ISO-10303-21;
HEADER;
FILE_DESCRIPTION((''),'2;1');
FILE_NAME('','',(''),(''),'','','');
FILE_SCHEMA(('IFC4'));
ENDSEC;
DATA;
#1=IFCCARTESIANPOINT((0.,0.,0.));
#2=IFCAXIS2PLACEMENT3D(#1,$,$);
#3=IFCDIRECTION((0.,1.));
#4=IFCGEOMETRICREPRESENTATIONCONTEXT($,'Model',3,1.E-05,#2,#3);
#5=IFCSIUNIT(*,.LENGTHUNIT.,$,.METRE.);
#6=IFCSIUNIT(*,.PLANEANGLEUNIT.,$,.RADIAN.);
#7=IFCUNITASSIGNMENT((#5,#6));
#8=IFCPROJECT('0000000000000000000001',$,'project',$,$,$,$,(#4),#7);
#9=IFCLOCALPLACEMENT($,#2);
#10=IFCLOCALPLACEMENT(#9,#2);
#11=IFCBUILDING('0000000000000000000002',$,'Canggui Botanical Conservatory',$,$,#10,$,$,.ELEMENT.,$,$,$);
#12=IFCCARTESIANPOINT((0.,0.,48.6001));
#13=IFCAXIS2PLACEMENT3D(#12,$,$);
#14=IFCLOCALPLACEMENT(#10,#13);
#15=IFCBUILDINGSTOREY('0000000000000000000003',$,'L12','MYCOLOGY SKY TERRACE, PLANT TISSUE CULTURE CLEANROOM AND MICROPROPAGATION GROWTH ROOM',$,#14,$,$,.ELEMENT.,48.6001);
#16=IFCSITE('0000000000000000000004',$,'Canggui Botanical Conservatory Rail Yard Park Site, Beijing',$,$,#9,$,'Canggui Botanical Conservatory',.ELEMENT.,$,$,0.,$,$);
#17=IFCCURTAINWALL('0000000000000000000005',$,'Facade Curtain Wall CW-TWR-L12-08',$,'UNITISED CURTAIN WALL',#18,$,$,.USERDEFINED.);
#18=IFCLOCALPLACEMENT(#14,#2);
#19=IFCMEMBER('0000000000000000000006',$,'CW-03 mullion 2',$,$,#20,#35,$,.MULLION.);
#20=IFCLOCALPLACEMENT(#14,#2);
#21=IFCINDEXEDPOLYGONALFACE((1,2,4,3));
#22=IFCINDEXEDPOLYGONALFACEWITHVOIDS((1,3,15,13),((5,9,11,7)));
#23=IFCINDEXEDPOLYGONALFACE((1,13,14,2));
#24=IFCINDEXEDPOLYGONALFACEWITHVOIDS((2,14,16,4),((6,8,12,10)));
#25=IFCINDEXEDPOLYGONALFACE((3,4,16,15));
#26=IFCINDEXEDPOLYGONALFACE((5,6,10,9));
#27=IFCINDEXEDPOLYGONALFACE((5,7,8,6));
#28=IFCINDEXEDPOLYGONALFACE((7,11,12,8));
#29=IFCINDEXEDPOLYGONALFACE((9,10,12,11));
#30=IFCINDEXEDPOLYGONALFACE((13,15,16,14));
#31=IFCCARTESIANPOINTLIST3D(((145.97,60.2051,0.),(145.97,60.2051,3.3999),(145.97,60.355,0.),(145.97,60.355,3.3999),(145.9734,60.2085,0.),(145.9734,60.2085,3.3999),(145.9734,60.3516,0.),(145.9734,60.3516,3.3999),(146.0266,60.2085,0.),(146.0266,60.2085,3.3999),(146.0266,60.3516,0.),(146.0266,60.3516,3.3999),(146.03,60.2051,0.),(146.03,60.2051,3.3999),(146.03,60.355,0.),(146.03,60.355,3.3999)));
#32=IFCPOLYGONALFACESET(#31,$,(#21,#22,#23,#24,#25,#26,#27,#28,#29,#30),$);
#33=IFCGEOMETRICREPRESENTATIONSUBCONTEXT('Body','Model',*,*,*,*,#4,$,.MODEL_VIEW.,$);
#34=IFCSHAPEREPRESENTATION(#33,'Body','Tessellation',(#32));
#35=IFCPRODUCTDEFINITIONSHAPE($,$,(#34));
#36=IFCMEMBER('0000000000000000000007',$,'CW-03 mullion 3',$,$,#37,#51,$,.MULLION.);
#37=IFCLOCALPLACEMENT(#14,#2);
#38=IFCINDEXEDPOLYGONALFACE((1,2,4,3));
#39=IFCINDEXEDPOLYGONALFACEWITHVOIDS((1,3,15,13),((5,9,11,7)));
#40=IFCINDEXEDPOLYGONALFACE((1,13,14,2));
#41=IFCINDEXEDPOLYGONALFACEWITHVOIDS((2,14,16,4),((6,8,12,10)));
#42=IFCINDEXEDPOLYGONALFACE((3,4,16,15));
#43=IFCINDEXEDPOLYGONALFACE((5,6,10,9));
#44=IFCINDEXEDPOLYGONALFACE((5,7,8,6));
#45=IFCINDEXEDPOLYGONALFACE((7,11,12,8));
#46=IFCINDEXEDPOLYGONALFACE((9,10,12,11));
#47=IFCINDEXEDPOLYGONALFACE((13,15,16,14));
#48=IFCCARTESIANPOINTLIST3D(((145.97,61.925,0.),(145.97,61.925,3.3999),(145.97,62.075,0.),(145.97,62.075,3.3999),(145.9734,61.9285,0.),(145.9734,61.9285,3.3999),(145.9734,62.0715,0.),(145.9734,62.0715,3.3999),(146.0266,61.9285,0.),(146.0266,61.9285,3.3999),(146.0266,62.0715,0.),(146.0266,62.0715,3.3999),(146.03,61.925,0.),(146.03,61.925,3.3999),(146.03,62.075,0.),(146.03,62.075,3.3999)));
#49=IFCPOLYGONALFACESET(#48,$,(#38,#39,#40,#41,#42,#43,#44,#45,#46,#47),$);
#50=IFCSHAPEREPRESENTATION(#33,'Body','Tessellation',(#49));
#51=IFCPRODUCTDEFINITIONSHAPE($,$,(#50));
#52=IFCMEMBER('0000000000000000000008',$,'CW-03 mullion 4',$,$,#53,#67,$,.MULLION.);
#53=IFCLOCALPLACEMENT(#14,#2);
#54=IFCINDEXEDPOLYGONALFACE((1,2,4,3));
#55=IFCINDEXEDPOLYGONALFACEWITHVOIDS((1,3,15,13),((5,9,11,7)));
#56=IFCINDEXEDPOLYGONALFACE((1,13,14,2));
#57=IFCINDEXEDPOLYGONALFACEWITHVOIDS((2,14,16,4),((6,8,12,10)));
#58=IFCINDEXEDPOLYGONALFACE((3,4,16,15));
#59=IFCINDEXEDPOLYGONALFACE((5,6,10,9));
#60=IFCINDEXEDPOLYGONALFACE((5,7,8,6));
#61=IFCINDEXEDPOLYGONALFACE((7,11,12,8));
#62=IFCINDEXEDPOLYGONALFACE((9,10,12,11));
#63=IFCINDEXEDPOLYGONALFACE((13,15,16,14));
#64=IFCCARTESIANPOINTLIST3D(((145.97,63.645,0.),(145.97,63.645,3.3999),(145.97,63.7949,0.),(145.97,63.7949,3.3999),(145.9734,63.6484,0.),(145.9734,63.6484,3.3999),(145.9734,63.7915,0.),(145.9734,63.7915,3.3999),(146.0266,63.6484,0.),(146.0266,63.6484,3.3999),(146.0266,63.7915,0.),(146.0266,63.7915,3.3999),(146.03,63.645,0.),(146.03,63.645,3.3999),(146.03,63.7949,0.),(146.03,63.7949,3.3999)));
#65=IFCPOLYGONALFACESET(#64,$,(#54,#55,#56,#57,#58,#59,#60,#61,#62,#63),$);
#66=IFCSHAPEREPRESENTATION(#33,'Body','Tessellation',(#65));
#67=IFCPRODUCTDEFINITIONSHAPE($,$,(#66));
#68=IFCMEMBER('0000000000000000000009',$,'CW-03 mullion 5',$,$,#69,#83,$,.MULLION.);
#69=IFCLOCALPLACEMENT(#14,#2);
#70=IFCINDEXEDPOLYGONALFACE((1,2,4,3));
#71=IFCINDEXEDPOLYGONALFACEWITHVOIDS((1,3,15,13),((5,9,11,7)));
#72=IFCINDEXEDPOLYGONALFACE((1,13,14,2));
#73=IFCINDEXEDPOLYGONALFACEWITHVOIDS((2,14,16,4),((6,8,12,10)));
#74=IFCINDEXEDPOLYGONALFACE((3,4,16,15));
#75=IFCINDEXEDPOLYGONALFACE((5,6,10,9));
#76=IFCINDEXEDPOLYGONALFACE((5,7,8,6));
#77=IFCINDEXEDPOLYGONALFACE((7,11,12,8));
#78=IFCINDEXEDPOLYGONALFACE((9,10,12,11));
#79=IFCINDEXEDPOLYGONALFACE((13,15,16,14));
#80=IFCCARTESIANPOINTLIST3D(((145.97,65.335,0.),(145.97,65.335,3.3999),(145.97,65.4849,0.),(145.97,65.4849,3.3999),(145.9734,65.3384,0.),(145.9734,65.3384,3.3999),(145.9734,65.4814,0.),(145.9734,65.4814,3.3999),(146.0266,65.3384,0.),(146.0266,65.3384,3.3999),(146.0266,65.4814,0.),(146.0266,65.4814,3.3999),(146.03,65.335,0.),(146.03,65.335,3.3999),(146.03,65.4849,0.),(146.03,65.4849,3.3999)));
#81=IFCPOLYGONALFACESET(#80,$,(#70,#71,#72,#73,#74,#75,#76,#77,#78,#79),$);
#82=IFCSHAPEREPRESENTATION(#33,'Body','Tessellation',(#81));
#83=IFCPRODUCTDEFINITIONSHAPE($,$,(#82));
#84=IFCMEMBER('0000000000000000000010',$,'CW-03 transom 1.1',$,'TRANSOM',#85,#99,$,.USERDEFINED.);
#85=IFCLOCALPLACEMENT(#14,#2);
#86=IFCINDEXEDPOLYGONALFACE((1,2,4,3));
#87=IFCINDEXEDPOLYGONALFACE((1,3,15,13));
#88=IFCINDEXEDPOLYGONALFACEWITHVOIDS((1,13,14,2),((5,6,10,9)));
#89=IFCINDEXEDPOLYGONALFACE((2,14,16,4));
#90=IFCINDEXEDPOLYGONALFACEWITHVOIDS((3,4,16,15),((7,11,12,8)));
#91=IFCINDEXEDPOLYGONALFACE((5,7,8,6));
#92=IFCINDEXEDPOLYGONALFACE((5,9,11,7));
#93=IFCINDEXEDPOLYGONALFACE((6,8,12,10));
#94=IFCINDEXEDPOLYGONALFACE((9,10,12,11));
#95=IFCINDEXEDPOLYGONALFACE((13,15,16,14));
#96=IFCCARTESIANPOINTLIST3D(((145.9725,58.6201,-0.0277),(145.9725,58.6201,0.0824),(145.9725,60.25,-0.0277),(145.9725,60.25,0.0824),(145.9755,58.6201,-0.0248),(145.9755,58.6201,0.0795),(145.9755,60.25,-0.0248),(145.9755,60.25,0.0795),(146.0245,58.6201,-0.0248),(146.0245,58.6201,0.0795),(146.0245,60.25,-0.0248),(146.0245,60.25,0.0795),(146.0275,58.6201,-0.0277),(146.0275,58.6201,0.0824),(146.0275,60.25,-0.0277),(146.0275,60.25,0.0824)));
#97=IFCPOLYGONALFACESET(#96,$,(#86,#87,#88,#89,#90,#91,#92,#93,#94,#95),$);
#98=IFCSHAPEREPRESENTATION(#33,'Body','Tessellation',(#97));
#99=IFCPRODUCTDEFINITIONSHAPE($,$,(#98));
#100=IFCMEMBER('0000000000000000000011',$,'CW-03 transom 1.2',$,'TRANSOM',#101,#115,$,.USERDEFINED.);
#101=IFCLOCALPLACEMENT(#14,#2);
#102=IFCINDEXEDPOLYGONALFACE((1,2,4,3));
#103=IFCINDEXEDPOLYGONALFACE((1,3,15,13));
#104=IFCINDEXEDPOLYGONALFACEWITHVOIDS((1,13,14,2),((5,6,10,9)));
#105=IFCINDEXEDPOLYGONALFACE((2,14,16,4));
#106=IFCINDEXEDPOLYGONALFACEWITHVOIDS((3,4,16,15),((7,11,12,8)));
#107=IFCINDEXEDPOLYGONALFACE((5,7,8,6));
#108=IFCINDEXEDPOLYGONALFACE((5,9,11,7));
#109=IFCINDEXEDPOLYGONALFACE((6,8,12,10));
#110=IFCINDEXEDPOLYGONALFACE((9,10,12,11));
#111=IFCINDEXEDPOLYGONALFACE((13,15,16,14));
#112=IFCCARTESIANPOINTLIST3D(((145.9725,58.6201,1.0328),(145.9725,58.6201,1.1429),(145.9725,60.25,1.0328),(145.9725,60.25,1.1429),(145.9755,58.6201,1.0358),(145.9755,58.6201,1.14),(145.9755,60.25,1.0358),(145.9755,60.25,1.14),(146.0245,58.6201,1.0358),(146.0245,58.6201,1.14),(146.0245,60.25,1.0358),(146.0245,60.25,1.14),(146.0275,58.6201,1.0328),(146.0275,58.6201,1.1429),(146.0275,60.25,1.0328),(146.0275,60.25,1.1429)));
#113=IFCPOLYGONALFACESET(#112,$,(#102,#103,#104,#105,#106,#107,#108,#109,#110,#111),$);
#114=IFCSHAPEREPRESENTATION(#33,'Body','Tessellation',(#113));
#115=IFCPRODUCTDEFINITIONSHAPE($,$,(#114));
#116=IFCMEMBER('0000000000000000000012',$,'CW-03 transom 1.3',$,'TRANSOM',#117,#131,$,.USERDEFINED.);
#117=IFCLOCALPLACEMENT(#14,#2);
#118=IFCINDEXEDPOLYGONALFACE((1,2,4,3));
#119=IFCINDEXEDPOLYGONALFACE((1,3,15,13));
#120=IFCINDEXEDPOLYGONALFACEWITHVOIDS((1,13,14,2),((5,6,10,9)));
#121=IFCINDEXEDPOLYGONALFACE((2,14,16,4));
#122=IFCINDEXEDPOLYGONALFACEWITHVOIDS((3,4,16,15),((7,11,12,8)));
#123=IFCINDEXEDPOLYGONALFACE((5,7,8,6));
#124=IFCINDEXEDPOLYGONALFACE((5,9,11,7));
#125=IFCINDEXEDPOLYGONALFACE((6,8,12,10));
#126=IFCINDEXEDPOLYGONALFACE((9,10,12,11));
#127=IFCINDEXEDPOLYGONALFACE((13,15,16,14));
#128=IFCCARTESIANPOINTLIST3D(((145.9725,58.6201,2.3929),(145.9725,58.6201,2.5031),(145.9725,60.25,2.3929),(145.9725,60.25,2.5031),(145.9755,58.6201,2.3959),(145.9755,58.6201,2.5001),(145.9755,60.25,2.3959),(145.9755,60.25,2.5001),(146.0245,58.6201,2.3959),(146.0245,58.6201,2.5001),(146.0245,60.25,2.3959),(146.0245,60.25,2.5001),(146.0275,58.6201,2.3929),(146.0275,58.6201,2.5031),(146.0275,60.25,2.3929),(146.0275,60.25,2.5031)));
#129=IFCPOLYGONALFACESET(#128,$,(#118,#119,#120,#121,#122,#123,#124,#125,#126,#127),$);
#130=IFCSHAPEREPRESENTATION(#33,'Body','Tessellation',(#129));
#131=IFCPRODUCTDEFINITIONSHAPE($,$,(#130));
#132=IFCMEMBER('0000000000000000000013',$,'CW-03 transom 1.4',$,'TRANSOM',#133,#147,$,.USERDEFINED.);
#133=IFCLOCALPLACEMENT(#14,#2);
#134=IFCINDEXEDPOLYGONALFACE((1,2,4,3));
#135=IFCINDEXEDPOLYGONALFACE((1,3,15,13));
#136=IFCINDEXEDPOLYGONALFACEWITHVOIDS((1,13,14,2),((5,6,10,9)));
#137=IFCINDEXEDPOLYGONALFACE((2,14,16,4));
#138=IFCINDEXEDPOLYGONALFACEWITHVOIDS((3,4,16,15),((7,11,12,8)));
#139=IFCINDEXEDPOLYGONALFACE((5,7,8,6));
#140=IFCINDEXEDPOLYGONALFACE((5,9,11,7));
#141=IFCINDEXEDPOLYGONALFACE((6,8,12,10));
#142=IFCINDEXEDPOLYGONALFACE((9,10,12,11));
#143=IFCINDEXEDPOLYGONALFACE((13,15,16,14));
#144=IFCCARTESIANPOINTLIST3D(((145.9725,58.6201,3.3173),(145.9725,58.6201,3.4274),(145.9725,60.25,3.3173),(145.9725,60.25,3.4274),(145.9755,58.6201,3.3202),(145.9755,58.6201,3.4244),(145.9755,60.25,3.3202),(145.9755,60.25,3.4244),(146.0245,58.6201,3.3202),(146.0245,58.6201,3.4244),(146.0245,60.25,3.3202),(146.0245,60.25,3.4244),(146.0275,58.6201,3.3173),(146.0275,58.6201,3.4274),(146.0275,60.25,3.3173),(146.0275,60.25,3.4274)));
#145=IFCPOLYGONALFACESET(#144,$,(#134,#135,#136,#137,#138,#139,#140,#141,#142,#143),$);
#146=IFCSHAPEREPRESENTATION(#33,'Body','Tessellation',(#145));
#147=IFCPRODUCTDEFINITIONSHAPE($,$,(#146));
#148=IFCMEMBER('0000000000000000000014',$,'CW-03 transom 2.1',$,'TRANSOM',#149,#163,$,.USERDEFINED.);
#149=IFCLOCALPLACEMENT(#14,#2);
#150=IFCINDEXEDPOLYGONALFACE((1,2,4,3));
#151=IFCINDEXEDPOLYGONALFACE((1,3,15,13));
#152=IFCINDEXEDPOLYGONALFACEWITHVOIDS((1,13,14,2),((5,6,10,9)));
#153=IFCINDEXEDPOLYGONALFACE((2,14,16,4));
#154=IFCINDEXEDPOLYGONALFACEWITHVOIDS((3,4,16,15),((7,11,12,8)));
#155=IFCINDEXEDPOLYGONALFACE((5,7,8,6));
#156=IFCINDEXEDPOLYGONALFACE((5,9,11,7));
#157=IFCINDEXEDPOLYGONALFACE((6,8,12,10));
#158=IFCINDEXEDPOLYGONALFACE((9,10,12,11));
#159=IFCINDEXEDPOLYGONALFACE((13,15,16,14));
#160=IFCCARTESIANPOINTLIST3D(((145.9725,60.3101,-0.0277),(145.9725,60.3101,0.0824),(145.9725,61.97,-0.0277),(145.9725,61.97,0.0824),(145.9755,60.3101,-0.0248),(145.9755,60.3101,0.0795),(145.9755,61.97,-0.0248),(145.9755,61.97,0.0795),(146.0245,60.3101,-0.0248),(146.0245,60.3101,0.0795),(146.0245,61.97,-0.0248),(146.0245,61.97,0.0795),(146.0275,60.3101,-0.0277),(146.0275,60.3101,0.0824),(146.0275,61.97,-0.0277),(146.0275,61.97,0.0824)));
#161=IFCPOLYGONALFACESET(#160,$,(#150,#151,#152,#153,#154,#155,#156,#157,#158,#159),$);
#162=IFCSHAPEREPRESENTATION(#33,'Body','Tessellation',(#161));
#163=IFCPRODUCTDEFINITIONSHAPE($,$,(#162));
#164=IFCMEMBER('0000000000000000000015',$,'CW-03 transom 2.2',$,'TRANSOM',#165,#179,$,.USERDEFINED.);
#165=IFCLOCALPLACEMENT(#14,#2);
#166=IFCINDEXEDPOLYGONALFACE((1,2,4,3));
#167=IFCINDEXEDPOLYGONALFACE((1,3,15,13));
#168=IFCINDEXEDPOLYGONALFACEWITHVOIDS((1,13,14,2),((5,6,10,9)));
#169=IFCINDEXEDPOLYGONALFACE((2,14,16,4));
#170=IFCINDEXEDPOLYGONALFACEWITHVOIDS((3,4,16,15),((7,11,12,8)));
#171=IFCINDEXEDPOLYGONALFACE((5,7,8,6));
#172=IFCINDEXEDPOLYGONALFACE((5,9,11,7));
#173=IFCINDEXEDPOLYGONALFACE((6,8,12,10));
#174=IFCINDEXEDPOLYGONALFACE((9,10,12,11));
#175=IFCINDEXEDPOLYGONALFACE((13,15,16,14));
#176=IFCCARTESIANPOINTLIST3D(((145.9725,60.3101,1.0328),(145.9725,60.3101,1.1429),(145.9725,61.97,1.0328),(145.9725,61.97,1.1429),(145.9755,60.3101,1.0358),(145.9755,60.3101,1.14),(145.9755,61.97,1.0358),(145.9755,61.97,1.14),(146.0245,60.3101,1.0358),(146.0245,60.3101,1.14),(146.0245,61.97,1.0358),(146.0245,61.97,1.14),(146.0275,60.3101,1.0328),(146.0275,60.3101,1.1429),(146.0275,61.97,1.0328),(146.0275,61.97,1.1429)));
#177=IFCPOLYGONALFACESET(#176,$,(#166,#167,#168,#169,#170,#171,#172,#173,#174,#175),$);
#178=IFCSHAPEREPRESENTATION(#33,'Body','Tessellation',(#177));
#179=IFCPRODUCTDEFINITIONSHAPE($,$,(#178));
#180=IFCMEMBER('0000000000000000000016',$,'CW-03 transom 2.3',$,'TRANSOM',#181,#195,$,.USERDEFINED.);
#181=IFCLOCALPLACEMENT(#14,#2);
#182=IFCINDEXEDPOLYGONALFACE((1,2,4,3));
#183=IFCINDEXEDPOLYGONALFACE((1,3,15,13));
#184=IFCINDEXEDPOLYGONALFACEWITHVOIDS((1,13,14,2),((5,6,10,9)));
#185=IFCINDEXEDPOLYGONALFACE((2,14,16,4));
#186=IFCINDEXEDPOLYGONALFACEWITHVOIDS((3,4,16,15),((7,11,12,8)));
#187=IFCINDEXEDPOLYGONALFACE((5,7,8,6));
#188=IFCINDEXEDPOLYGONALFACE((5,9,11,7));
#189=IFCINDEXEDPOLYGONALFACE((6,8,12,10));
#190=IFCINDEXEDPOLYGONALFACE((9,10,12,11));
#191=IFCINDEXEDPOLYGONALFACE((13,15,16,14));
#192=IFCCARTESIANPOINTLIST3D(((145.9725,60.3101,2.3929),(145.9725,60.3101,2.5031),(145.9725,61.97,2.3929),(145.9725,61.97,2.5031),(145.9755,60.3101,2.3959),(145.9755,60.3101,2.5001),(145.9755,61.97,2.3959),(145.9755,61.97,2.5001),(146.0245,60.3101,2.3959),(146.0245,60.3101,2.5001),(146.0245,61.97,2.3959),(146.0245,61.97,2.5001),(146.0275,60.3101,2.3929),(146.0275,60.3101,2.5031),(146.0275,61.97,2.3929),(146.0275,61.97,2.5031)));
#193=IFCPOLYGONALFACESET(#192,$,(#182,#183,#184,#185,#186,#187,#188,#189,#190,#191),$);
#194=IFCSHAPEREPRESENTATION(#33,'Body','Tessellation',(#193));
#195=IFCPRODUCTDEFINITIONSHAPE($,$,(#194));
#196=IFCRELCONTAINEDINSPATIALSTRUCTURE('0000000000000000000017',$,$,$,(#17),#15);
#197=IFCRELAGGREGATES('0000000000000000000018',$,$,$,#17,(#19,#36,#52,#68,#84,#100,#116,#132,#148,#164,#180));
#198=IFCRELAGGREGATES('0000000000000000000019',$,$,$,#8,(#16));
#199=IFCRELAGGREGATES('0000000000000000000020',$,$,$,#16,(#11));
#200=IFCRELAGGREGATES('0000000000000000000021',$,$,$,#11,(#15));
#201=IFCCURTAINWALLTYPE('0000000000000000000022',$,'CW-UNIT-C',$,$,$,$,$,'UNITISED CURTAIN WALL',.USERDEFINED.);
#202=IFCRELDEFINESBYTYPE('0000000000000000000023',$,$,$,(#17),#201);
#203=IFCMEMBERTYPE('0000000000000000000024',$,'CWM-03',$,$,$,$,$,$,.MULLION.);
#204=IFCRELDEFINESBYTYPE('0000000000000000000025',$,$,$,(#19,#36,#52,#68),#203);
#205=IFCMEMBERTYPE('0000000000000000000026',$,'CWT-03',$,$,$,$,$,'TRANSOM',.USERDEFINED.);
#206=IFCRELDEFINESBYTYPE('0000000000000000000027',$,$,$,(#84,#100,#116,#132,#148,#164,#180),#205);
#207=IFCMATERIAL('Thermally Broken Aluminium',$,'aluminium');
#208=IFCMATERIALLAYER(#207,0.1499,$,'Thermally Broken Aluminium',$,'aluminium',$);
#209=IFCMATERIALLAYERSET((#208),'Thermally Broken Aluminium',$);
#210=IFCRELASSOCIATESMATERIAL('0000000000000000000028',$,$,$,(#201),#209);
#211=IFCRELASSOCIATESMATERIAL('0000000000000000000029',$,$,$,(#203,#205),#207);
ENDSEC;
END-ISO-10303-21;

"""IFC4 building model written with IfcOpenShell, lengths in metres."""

from ifc_helpers import new_model, si_unit, direction, frame, origin, origin_2d, place, context, subcontext, project, spatial, hollow_rectangle, extrude, material, layer, layer_set, material_profile, profile_set, type_object, element, aggregate, save


model = new_model("IFC4")

# Units and contexts
model_context = context("Model", 3, precision=1e-05, world=origin(), true_north=direction((0.0, 1.0)))
body_context = subcontext(model_context, "Body", "Model", "MODEL_VIEW")
ifc_project = project(units=[si_unit("LENGTHUNIT", "METRE"), si_unit("PLANEANGLEUNIT", "RADIAN")], contexts=[model_context])

# Site, building, storey
site_placement = place(None, origin())
site = spatial("IfcSite", under=ifc_project, at=site_placement, Name="Canggui Botanical Conservatory Rail Yard Park Site, Beijing", LongName="Canggui Botanical Conservatory", CompositionType="ELEMENT", RefElevation=0.0)
building_placement = place(site_placement, origin())
building = spatial("IfcBuilding", under=site, at=building_placement, Name="Canggui Botanical Conservatory", CompositionType="ELEMENT")
storey_placement = place(building_placement, frame((0.0, 0.0, 48.6001)))
storey = spatial("IfcBuildingStorey", under=building, at=storey_placement, Name="L12", Description="MYCOLOGY SKY TERRACE, PLANT TISSUE CULTURE CLEANROOM AND MICROPROPAGATION GROWTH ROOM", CompositionType="ELEMENT", Elevation=48.6001)

# Curtain wall, members
ifc_material_1 = material(Name="Thermally Broken Aluminium", Category="aluminium")
ifc_layer_1 = layer(ifc_material_1, 0.1499, Name="Thermally Broken Aluminium", Category="aluminium")
ifc_layer_set_1 = layer_set([ifc_layer_1], Name="Thermally Broken Aluminium")
curtain_wall_type = type_object("IfcCurtainWallType", Name="CW-UNIT-C", ElementType="UNITISED CURTAIN WALL", PredefinedType="USERDEFINED", material=ifc_layer_set_1)
curtain_wall_placement = place(storey_placement, origin())
curtain_wall = element("IfcCurtainWall", 1, at=curtain_wall_placement, inside=storey, type_object=curtain_wall_type, Name="Facade Curtain Wall CW-TWR-L12-08", ObjectType="UNITISED CURTAIN WALL", PredefinedType="USERDEFINED")
ifc_material_profile_1 = material_profile(ifc_material_1, hollow_rectangle(XDim=0.0601, YDim=0.1499, WallThickness=0.0034, at=origin_2d()), Name="CWM 60x150x3.5")
ifc_profile_set_1 = profile_set([ifc_material_profile_1], Name="Thermally Broken Aluminium")
member_type_1 = type_object("IfcMemberType", Name="CWM-03", PredefinedType="MULLION", material=ifc_profile_set_1)
member_1_placement = place(storey_placement, frame((146.0, 60.28, 0.0), z_axis=(0.0, 0.0, 1.0), x_axis=(-1.0, 0.0, 0.0)))
member_1 = element("IfcMember", 2, at=member_1_placement, type_object=member_type_1, Name="CW-03 mullion 2", PredefinedType="MULLION", context=body_context, shape_type="SweptSolid", body=[
    extrude(hollow_rectangle(XDim=0.0601, YDim=0.1499, WallThickness=0.0034, at=origin_2d()), origin(), (0.0, 0.0, 1.0), 3.3999),
])
member_2_placement = place(storey_placement, frame((146.0, 62.0, 0.0), z_axis=(0.0, 0.0, 1.0), x_axis=(-1.0, 0.0, 0.0)))
member_2 = element("IfcMember", 3, at=member_2_placement, type_object=member_type_1, Name="CW-03 mullion 3", PredefinedType="MULLION", context=body_context, shape_type="SweptSolid", body=[
    extrude(hollow_rectangle(XDim=0.0601, YDim=0.1499, WallThickness=0.0034, at=origin_2d()), origin(), (0.0, 0.0, 1.0), 3.3999),
])
member_3_placement = place(storey_placement, frame((146.0, 63.72, 0.0), z_axis=(0.0, 0.0, 1.0), x_axis=(-1.0, 0.0, 0.0)))
member_3 = element("IfcMember", 4, at=member_3_placement, type_object=member_type_1, Name="CW-03 mullion 4", PredefinedType="MULLION", context=body_context, shape_type="SweptSolid", body=[
    extrude(hollow_rectangle(XDim=0.0601, YDim=0.1499, WallThickness=0.0034, at=origin_2d()), origin(), (0.0, 0.0, 1.0), 3.3999),
])
member_4_placement = place(storey_placement, frame((146.0, 65.4099, 0.0), z_axis=(0.0, 0.0, 1.0), x_axis=(-1.0, 0.0, 0.0)))
member_4 = element("IfcMember", 5, at=member_4_placement, type_object=member_type_1, Name="CW-03 mullion 5", PredefinedType="MULLION", context=body_context, shape_type="SweptSolid", body=[
    extrude(hollow_rectangle(XDim=0.0601, YDim=0.1499, WallThickness=0.0034, at=origin_2d()), origin(), (0.0, 0.0, 1.0), 3.3999),
])
ifc_material_profile_2 = material_profile(ifc_material_1, hollow_rectangle(XDim=0.0549, YDim=0.1101, WallThickness=0.0029, at=origin_2d()), Name="CWT 55x110x3")
ifc_profile_set_2 = profile_set([ifc_material_profile_2], Name="Thermally Broken Aluminium")
member_type_2 = type_object("IfcMemberType", Name="CWT-03", ElementType="TRANSOM", PredefinedType="USERDEFINED", material=ifc_profile_set_2)
member_5_placement = place(storey_placement, frame((146.0, 58.6201, 0.0273), z_axis=(0.0, 1.0, 0.0), x_axis=(-1.0, 0.0, 0.0)))
member_5 = element("IfcMember", 6, at=member_5_placement, type_object=member_type_2, Name="CW-03 transom 1.1", ObjectType="TRANSOM", PredefinedType="USERDEFINED", context=body_context, shape_type="SweptSolid", body=[
    extrude(hollow_rectangle(XDim=0.0549, YDim=0.1101, WallThickness=0.0029, at=origin_2d()), origin(), (0.0, 0.0, 1.0), 1.6299),
])
member_6_placement = place(storey_placement, frame((146.0, 58.6201, 1.0879), z_axis=(0.0, 1.0, 0.0), x_axis=(-1.0, 0.0, 0.0)))
member_6 = element("IfcMember", 7, at=member_6_placement, type_object=member_type_2, Name="CW-03 transom 1.2", ObjectType="TRANSOM", PredefinedType="USERDEFINED", context=body_context, shape_type="SweptSolid", body=[
    extrude(hollow_rectangle(XDim=0.0549, YDim=0.1101, WallThickness=0.0029, at=origin_2d()), origin(), (0.0, 0.0, 1.0), 1.6299),
])
member_7_placement = place(storey_placement, frame((146.0, 58.6201, 2.448), z_axis=(0.0, 1.0, 0.0), x_axis=(-1.0, 0.0, 0.0)))
member_7 = element("IfcMember", 8, at=member_7_placement, type_object=member_type_2, Name="CW-03 transom 1.3", ObjectType="TRANSOM", PredefinedType="USERDEFINED", context=body_context, shape_type="SweptSolid", body=[
    extrude(hollow_rectangle(XDim=0.0549, YDim=0.1101, WallThickness=0.0029, at=origin_2d()), origin(), (0.0, 0.0, 1.0), 1.6299),
])
member_8_placement = place(storey_placement, frame((146.0, 58.6201, 3.3723), z_axis=(0.0, 1.0, 0.0), x_axis=(-1.0, 0.0, 0.0)))
member_8 = element("IfcMember", 9, at=member_8_placement, type_object=member_type_2, Name="CW-03 transom 1.4", ObjectType="TRANSOM", PredefinedType="USERDEFINED", context=body_context, shape_type="SweptSolid", body=[
    extrude(hollow_rectangle(XDim=0.0549, YDim=0.1101, WallThickness=0.0029, at=origin_2d()), origin(), (0.0, 0.0, 1.0), 1.6299),
])
member_9_placement = place(storey_placement, frame((146.0, 60.3101, 0.0273), z_axis=(0.0, 1.0, 0.0), x_axis=(-1.0, 0.0, 0.0)))
member_9 = element("IfcMember", 10, at=member_9_placement, type_object=member_type_2, Name="CW-03 transom 2.1", ObjectType="TRANSOM", PredefinedType="USERDEFINED", context=body_context, shape_type="SweptSolid", body=[
    extrude(hollow_rectangle(XDim=0.0549, YDim=0.1101, WallThickness=0.0029, at=origin_2d()), origin(), (0.0, 0.0, 1.0), 1.6599),
])
member_10_placement = place(storey_placement, frame((146.0, 60.3101, 1.0879), z_axis=(0.0, 1.0, 0.0), x_axis=(-1.0, 0.0, 0.0)))
member_10 = element("IfcMember", 11, at=member_10_placement, type_object=member_type_2, Name="CW-03 transom 2.2", ObjectType="TRANSOM", PredefinedType="USERDEFINED", context=body_context, shape_type="SweptSolid", body=[
    extrude(hollow_rectangle(XDim=0.0549, YDim=0.1101, WallThickness=0.0029, at=origin_2d()), origin(), (0.0, 0.0, 1.0), 1.6599),
])
member_11_placement = place(storey_placement, frame((146.0, 60.3101, 2.448), z_axis=(0.0, 1.0, 0.0), x_axis=(-1.0, 0.0, 0.0)))
member_11 = element("IfcMember", 12, at=member_11_placement, type_object=member_type_2, Name="CW-03 transom 2.3", ObjectType="TRANSOM", PredefinedType="USERDEFINED", context=body_context, shape_type="SweptSolid", body=[
    extrude(hollow_rectangle(XDim=0.0549, YDim=0.1101, WallThickness=0.0029, at=origin_2d()), origin(), (0.0, 0.0, 1.0), 1.6599),
])
aggregate(curtain_wall, [member_1, member_2, member_3, member_4, member_5, member_6, member_7, member_8, member_9, member_10, member_11])

save(model, "model.ifc")
